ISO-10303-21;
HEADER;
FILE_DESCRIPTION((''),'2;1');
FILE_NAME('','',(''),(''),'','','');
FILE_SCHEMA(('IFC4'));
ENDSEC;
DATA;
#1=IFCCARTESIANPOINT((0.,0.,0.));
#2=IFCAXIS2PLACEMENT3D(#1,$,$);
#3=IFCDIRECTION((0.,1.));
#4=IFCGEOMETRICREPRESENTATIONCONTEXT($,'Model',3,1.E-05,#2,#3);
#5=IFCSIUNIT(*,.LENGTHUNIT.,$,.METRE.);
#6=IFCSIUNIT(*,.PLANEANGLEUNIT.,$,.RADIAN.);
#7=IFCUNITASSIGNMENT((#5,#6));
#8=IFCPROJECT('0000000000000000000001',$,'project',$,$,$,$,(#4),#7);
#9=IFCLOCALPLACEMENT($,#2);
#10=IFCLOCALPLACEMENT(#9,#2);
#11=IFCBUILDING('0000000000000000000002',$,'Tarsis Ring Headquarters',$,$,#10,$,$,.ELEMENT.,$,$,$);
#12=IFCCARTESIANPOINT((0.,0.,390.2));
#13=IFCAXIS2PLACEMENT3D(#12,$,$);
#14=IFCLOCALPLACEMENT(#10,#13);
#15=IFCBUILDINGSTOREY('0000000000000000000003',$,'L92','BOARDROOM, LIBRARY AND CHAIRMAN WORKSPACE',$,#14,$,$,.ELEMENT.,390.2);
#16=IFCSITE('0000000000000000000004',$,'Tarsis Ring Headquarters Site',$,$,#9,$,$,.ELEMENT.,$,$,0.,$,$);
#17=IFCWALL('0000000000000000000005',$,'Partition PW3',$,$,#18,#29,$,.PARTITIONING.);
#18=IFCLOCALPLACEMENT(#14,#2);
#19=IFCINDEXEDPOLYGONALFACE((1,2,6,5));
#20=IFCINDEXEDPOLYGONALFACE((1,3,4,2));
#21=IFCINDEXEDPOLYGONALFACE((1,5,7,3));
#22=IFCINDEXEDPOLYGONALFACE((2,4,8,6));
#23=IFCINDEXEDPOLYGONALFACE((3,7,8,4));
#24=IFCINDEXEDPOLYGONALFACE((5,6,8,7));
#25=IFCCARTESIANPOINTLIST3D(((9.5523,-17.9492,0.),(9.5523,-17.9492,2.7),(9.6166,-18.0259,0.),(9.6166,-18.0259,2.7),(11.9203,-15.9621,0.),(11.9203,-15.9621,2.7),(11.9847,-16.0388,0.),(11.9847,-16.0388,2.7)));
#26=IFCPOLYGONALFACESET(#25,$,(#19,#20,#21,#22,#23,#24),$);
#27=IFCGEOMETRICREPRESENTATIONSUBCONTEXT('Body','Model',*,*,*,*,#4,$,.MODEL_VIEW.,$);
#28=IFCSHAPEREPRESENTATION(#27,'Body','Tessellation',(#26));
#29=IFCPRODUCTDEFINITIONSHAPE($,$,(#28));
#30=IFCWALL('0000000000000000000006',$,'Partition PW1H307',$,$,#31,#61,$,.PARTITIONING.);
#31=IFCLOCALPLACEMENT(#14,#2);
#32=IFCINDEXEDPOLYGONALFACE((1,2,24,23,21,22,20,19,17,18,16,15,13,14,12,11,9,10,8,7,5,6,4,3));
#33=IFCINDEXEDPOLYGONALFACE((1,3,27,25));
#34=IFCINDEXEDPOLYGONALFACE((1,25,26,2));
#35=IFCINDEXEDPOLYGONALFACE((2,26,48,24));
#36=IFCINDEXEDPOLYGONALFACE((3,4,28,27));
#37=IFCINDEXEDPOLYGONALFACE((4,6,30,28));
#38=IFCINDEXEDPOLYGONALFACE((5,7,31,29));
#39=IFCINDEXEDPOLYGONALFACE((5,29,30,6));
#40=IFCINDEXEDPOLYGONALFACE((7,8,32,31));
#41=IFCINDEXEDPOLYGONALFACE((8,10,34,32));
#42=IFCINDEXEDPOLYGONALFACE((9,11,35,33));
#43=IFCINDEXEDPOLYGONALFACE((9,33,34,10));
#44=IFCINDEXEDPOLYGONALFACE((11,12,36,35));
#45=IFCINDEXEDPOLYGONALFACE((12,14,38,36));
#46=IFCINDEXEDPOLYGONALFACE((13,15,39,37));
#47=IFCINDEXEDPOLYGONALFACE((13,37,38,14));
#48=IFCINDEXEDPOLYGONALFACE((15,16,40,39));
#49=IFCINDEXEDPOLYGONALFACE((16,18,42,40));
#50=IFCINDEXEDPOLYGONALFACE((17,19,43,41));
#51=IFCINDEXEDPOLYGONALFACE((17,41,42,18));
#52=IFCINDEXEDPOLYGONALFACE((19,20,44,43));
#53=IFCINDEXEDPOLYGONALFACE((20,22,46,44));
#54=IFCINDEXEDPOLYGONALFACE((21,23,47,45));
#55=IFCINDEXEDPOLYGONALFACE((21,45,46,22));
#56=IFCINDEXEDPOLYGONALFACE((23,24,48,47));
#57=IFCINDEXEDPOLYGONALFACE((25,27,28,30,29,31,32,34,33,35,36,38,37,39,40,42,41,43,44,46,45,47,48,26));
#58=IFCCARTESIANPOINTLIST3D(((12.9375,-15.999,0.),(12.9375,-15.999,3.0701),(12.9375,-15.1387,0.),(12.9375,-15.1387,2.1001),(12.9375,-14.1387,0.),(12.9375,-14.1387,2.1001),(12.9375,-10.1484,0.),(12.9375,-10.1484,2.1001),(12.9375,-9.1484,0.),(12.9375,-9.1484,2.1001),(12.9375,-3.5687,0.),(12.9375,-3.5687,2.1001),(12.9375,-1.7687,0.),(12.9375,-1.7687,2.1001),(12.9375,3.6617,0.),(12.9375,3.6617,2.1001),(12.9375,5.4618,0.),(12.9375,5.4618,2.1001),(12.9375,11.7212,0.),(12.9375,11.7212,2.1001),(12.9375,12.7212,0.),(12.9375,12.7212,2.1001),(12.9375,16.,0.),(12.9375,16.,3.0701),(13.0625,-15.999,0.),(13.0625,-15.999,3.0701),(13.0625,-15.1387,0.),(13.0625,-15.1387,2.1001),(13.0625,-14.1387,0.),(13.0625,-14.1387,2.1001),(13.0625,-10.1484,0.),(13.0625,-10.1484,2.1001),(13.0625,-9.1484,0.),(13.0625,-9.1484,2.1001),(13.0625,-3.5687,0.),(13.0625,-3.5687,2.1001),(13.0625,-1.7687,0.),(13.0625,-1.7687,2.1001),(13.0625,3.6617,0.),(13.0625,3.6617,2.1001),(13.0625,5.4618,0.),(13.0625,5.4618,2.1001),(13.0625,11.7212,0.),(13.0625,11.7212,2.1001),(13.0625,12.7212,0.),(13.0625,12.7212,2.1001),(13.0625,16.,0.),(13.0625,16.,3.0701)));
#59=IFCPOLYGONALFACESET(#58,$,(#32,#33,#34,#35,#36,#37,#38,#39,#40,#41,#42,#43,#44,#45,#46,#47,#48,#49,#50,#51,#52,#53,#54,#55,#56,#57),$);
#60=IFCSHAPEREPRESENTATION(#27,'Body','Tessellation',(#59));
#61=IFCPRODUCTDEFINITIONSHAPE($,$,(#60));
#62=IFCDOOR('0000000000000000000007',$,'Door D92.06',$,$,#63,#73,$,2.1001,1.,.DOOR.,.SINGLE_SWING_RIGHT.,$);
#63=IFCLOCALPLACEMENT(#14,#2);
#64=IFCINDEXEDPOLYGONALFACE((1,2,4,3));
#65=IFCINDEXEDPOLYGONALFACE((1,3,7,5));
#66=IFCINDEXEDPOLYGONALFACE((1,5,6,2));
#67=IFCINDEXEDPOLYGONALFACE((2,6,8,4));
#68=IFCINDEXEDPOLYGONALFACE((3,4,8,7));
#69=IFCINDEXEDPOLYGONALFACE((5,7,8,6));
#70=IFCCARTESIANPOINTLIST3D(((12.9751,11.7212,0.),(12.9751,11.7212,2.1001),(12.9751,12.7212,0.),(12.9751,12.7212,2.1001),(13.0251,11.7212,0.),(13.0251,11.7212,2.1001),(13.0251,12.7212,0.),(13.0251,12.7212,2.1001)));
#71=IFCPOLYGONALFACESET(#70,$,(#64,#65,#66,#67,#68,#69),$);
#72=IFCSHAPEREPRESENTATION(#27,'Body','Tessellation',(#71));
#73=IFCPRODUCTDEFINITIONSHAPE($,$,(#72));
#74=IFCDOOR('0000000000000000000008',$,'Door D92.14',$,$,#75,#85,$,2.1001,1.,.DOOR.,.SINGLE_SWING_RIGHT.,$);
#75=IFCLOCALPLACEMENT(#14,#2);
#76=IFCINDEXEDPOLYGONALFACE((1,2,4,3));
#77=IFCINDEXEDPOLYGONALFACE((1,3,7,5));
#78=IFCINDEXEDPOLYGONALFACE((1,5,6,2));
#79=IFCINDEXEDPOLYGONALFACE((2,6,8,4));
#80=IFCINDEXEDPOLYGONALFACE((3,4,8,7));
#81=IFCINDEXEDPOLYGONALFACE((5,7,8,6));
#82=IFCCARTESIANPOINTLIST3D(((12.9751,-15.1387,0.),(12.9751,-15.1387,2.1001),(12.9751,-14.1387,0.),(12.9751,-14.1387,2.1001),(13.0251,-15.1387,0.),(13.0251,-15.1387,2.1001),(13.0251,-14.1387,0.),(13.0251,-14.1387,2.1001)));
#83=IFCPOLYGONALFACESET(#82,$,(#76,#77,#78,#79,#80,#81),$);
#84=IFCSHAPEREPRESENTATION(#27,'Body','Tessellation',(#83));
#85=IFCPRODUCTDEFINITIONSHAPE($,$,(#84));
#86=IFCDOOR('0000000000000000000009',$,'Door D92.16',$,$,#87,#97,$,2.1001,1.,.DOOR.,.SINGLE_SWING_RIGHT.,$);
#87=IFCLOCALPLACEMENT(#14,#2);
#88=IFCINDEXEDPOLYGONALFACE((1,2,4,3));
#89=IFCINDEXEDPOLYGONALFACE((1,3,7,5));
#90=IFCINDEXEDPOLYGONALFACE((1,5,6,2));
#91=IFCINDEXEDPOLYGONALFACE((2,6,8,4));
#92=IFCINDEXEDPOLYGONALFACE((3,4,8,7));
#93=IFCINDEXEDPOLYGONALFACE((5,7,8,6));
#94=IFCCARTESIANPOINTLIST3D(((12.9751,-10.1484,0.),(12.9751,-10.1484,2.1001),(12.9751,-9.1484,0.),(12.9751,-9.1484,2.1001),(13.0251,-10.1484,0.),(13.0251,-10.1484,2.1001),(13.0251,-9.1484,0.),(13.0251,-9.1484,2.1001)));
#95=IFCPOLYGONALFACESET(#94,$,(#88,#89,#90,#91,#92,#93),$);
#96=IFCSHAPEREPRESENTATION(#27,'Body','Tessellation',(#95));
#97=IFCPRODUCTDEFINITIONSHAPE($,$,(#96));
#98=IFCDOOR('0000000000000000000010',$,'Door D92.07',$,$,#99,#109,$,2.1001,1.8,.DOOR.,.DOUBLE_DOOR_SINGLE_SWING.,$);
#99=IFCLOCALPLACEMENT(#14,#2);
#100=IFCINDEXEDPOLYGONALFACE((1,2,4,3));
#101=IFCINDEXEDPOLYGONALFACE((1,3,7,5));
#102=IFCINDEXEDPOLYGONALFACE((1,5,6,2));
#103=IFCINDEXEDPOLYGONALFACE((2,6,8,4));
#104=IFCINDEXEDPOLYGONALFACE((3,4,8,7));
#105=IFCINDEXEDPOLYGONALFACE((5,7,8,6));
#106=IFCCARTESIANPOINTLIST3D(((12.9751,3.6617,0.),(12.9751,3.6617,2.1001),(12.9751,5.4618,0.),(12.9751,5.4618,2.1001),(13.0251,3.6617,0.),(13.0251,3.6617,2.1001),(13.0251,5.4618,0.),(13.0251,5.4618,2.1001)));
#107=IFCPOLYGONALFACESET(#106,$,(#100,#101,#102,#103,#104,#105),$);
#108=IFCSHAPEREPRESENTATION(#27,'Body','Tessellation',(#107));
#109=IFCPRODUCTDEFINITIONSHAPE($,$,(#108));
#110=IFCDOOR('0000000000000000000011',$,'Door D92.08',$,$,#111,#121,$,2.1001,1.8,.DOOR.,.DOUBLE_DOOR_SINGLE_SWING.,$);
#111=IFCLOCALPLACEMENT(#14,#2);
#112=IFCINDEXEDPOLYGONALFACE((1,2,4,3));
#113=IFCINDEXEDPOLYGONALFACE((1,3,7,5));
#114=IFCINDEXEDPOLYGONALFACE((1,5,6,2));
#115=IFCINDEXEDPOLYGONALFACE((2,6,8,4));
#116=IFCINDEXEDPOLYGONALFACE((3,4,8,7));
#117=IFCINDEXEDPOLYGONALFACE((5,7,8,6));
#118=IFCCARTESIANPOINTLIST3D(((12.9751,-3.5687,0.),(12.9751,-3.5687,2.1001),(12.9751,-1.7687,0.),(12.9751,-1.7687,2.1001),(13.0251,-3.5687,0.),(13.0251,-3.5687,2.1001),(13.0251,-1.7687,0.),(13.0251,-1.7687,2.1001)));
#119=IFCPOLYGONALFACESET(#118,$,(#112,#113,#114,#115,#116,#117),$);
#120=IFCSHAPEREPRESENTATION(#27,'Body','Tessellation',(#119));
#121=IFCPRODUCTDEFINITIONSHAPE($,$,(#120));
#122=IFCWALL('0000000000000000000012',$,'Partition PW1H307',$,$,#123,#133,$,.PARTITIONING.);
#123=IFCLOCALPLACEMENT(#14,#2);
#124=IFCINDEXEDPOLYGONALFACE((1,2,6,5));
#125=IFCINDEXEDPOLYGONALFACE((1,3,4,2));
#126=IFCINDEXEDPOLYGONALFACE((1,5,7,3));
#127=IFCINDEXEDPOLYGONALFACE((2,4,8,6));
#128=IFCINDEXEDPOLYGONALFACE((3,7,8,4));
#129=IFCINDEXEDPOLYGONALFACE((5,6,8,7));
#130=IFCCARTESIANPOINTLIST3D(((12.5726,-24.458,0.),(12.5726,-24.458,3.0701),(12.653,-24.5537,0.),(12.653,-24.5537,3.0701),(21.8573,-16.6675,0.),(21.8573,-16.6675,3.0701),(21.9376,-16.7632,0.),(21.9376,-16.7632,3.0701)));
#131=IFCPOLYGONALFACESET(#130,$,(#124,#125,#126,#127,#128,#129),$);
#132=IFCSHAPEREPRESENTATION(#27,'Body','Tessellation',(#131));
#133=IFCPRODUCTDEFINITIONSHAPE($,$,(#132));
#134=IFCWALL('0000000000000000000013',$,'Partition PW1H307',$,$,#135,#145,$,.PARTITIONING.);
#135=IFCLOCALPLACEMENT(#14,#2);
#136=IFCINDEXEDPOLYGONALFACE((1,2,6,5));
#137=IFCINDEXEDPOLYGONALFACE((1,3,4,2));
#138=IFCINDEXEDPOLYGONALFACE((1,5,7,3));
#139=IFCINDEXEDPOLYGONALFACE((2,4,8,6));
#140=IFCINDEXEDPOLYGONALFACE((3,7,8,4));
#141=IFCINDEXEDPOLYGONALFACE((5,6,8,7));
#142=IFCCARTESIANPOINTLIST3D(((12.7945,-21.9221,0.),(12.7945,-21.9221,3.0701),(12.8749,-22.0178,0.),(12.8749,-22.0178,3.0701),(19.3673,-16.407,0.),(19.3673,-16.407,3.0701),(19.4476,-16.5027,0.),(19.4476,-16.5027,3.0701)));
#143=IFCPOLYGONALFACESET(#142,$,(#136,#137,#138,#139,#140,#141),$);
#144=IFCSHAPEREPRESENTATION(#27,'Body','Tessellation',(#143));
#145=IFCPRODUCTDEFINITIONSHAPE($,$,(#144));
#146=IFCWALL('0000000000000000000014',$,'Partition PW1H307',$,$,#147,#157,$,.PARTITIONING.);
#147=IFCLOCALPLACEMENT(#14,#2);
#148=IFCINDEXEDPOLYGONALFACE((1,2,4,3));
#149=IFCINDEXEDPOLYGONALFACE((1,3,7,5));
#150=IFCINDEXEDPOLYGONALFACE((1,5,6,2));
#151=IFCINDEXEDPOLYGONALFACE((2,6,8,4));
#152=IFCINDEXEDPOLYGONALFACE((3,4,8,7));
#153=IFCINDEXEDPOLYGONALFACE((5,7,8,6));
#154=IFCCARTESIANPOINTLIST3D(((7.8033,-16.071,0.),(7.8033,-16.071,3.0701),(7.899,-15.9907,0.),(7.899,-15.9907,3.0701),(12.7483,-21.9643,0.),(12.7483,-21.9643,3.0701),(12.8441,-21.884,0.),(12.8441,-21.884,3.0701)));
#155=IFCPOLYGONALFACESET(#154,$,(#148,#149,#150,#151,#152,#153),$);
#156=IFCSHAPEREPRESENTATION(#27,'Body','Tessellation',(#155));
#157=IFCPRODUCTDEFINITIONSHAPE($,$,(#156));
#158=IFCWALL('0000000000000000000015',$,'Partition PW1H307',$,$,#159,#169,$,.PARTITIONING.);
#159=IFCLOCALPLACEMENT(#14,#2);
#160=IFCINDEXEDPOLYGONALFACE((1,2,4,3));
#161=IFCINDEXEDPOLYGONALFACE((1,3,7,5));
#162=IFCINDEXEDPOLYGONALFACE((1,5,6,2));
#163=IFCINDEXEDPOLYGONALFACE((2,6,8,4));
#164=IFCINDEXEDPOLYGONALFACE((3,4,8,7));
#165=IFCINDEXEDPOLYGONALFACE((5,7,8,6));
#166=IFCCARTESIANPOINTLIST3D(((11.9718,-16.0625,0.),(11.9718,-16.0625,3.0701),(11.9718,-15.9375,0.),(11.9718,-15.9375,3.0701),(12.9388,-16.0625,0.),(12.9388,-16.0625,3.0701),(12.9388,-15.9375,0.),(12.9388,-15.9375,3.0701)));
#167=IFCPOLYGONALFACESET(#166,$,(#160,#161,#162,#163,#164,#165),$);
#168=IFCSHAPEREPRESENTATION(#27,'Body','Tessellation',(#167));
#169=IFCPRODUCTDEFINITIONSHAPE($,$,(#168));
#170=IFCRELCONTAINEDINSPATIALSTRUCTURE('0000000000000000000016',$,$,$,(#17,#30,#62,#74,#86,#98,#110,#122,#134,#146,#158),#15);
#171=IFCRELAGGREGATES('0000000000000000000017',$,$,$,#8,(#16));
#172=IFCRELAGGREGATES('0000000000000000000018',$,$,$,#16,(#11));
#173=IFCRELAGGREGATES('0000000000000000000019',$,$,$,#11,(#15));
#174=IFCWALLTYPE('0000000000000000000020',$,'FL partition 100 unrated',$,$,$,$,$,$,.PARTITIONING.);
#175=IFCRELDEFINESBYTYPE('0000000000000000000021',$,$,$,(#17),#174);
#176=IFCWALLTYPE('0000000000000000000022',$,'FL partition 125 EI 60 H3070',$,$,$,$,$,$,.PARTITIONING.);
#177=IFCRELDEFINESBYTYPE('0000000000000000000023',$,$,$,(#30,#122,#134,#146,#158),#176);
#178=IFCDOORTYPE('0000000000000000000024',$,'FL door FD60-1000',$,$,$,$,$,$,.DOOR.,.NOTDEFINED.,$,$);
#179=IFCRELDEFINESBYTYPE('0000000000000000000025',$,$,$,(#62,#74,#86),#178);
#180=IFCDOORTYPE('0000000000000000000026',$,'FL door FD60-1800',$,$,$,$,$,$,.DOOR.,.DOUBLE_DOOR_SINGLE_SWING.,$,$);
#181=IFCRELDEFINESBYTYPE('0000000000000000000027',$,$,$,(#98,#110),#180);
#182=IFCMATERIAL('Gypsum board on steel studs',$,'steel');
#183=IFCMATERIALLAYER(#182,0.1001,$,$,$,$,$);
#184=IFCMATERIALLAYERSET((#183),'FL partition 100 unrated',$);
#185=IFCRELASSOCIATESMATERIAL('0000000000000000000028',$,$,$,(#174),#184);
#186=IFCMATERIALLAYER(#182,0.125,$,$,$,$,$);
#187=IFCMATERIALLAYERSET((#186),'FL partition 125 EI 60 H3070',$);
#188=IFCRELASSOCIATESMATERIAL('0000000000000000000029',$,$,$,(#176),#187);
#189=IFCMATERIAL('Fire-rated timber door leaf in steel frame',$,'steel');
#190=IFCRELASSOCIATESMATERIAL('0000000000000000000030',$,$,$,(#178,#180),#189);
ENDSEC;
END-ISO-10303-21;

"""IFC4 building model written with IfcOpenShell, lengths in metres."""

from ifc_helpers import new_model, si_unit, direction, frame, frame_2d, origin, place, context, subcontext, project, spatial, rectangle, extrude, material, layer, layer_set, type_object, element, fill, save


model = new_model("IFC4")

# Units and contexts
model_context = context("Model", 3, precision=1e-05, world=origin(), true_north=direction((0.0, 1.0)))
body_context = subcontext(model_context, "Body", "Model", "MODEL_VIEW")
ifc_project = project(units=[si_unit("LENGTHUNIT", "METRE"), si_unit("PLANEANGLEUNIT", "RADIAN")], contexts=[model_context])

# Site, building, storey
site_placement = place(None, origin())
site = spatial("IfcSite", under=ifc_project, at=site_placement, Name="Tarsis Ring Headquarters Site", CompositionType="ELEMENT", RefElevation=0.0)
building_placement = place(site_placement, origin())
building = spatial("IfcBuilding", under=site, at=building_placement, Name="Tarsis Ring Headquarters", CompositionType="ELEMENT")
storey_placement = place(building_placement, frame((0.0, 0.0, 390.2)))
storey = spatial("IfcBuildingStorey", under=building, at=storey_placement, Name="L92", Description="BOARDROOM, LIBRARY AND CHAIRMAN WORKSPACE", CompositionType="ELEMENT", Elevation=390.2)

# Wall
ifc_material_1 = material(Name="Gypsum board on steel studs", Category="steel")
ifc_layer_1 = layer(ifc_material_1, 0.1001)
ifc_layer_set_1 = layer_set([ifc_layer_1], Name="FL partition 100 unrated")
wall_type_1 = type_object("IfcWallType", Name="FL partition 100 unrated", PredefinedType="PARTITIONING", material=ifc_layer_set_1)
wall_1_placement = place(storey_placement, frame((9.5845, -17.9875, 0.0), z_axis=(0.0, 0.0, 1.0), x_axis=(0.766022, 0.642814, 0.0)))
element("IfcWall", 1, at=wall_1_placement, inside=storey, type_object=wall_type_1, Name="Partition PW3", PredefinedType="PARTITIONING", context=body_context, shape_type="SweptSolid", body=[
    extrude(rectangle(XDim=3.0913, YDim=0.1001, at=frame_2d((1.5457, 0.0))), origin(), (0.0, 0.0, 1.0), 2.7),
])

# Wall, openings, doors
ifc_layer_2 = layer(ifc_material_1, 0.125)
ifc_layer_set_2 = layer_set([ifc_layer_2], Name="FL partition 125 EI 60 H3070")
wall_type_2 = type_object("IfcWallType", Name="FL partition 125 EI 60 H3070", PredefinedType="PARTITIONING", material=ifc_layer_set_2)
wall_2_placement = place(storey_placement, frame((13.0, -15.999, 0.0), z_axis=(0.0, 0.0, 1.0), x_axis=(0.0, 1.0, 0.0)))
wall_2 = element("IfcWall", 2, at=wall_2_placement, inside=storey, type_object=wall_type_2, Name="Partition PW1H307", PredefinedType="PARTITIONING", context=body_context, shape_type="SweptSolid", body=[
    extrude(rectangle(XDim=31.999, YDim=0.125, at=frame_2d((15.9995, 0.0))), origin(), (0.0, 0.0, 1.0), 3.0701),
])
opening_1_placement = place(wall_2_placement, frame((27.7202, 0.0, 0.0)))
opening_1 = element("IfcOpeningElement", 3, at=opening_1_placement, cuts=wall_2, PredefinedType="OPENING", context=body_context, shape_type="SweptSolid", body=[
    extrude(rectangle(XDim=1.0, YDim=2.1001, at=frame_2d((0.5, 1.05))), frame((0.0, 0.0725, 0.0), z_axis=(0.0, -1.0, 0.0), x_axis=(1.0, 0.0, 0.0)), (0.0, 0.0, 1.0), 0.145),
])
opening_2_placement = place(wall_2_placement, frame((19.6609, 0.0, 0.0)))
opening_2 = element("IfcOpeningElement", 4, at=opening_2_placement, cuts=wall_2, PredefinedType="OPENING", context=body_context, shape_type="SweptSolid", body=[
    extrude(rectangle(XDim=1.8, YDim=2.1001, at=frame_2d((0.8999, 1.05))), frame((0.0, 0.0725, 0.0), z_axis=(0.0, -1.0, 0.0), x_axis=(1.0, 0.0, 0.0)), (0.0, 0.0, 1.0), 0.145),
])
opening_3_placement = place(wall_2_placement, frame((12.4304, 0.0, 0.0)))
opening_3 = element("IfcOpeningElement", 5, at=opening_3_placement, cuts=wall_2, PredefinedType="OPENING", context=body_context, shape_type="SweptSolid", body=[
    extrude(rectangle(XDim=1.8, YDim=2.1001, at=frame_2d((0.8999, 1.05))), frame((0.0, 0.0725, 0.0), z_axis=(0.0, -1.0, 0.0), x_axis=(1.0, 0.0, 0.0)), (0.0, 0.0, 1.0), 0.145),
])
opening_4_placement = place(wall_2_placement, frame((0.8604, 0.0, 0.0)))
opening_4 = element("IfcOpeningElement", 6, at=opening_4_placement, cuts=wall_2, PredefinedType="OPENING", context=body_context, shape_type="SweptSolid", body=[
    extrude(rectangle(XDim=1.0, YDim=2.1001, at=frame_2d((0.5, 1.05))), frame((0.0, 0.0725, 0.0), z_axis=(0.0, -1.0, 0.0), x_axis=(1.0, 0.0, 0.0)), (0.0, 0.0, 1.0), 0.145),
])
opening_5_placement = place(wall_2_placement, frame((5.8506, 0.0, 0.0)))
opening_5 = element("IfcOpeningElement", 7, at=opening_5_placement, cuts=wall_2, PredefinedType="OPENING", context=body_context, shape_type="SweptSolid", body=[
    extrude(rectangle(XDim=1.0, YDim=2.1001, at=frame_2d((0.5, 1.05))), frame((0.0, 0.0725, 0.0), z_axis=(0.0, -1.0, 0.0), x_axis=(1.0, 0.0, 0.0)), (0.0, 0.0, 1.0), 0.145),
])
ifc_material_2 = material(Name="Fire-rated timber door leaf in steel frame", Category="steel")
door_type_1 = type_object("IfcDoorType", Name="FL door FD60-1000", OperationType="NOTDEFINED", PredefinedType="DOOR", material=ifc_material_2)
door_1_placement = place(opening_1_placement, origin())
door_1 = element("IfcDoor", 8, at=door_1_placement, inside=storey, type_object=door_type_1, Name="Door D92.06", OperationType="SINGLE_SWING_RIGHT", OverallHeight=2.1001, OverallWidth=1.0, PredefinedType="DOOR", context=body_context, shape_type="SweptSolid", body=[
    extrude(rectangle(XDim=1.0, YDim=2.1001, at=frame_2d((0.5, 1.05))), frame((0.0, 0.0249, 0.0), z_axis=(0.0, -1.0, 0.0), x_axis=(1.0, 0.0, 0.0)), (0.0, 0.0, 1.0), 0.05),
])
fill(opening_1, door_1)
door_2_placement = place(opening_4_placement, origin())
door_2 = element("IfcDoor", 9, at=door_2_placement, inside=storey, type_object=door_type_1, Name="Door D92.14", OperationType="SINGLE_SWING_RIGHT", OverallHeight=2.1001, OverallWidth=1.0, PredefinedType="DOOR", context=body_context, shape_type="SweptSolid", body=[
    extrude(rectangle(XDim=1.0, YDim=2.1001, at=frame_2d((0.5, 1.05))), frame((0.0, 0.0249, 0.0), z_axis=(0.0, -1.0, 0.0), x_axis=(1.0, 0.0, 0.0)), (0.0, 0.0, 1.0), 0.05),
])
fill(opening_4, door_2)
door_3_placement = place(opening_5_placement, origin())
door_3 = element("IfcDoor", 10, at=door_3_placement, inside=storey, type_object=door_type_1, Name="Door D92.16", OperationType="SINGLE_SWING_RIGHT", OverallHeight=2.1001, OverallWidth=1.0, PredefinedType="DOOR", context=body_context, shape_type="SweptSolid", body=[
    extrude(rectangle(XDim=1.0, YDim=2.1001, at=frame_2d((0.5, 1.05))), frame((0.0, 0.0249, 0.0), z_axis=(0.0, -1.0, 0.0), x_axis=(1.0, 0.0, 0.0)), (0.0, 0.0, 1.0), 0.05),
])
fill(opening_5, door_3)
door_type_2 = type_object("IfcDoorType", Name="FL door FD60-1800", OperationType="DOUBLE_DOOR_SINGLE_SWING", PredefinedType="DOOR", material=ifc_material_2)
door_4_placement = place(opening_2_placement, origin())
door_4 = element("IfcDoor", 11, at=door_4_placement, inside=storey, type_object=door_type_2, Name="Door D92.07", OperationType="DOUBLE_DOOR_SINGLE_SWING", OverallHeight=2.1001, OverallWidth=1.8, PredefinedType="DOOR", context=body_context, shape_type="SweptSolid", body=[
    extrude(rectangle(XDim=1.8, YDim=2.1001, at=frame_2d((0.8999, 1.05))), frame((0.0, 0.0249, 0.0), z_axis=(0.0, -1.0, 0.0), x_axis=(1.0, 0.0, 0.0)), (0.0, 0.0, 1.0), 0.05),
])
fill(opening_2, door_4)
door_5_placement = place(opening_3_placement, origin())
door_5 = element("IfcDoor", 12, at=door_5_placement, inside=storey, type_object=door_type_2, Name="Door D92.08", OperationType="DOUBLE_DOOR_SINGLE_SWING", OverallHeight=2.1001, OverallWidth=1.8, PredefinedType="DOOR", context=body_context, shape_type="SweptSolid", body=[
    extrude(rectangle(XDim=1.8, YDim=2.1001, at=frame_2d((0.8999, 1.05))), frame((0.0, 0.0249, 0.0), z_axis=(0.0, -1.0, 0.0), x_axis=(1.0, 0.0, 0.0)), (0.0, 0.0, 1.0), 0.05),
])
fill(opening_3, door_5)

# Walls
wall_3_placement = place(storey_placement, frame((12.6128, -24.5059, 0.0), z_axis=(0.0, 0.0, 1.0), x_axis=(0.766054, 0.642776, 0.0)))
element("IfcWall", 13, at=wall_3_placement, inside=storey, type_object=wall_type_2, Name="Partition PW1H307", PredefinedType="PARTITIONING", context=body_context, shape_type="SweptSolid", body=[
    extrude(rectangle(XDim=12.1201, YDim=0.125, at=frame_2d((6.0601, 0.0))), origin(), (0.0, 0.0, 1.0), 3.0701),
])
wall_4_placement = place(storey_placement, frame((12.8347, -21.97, 0.0), z_axis=(0.0, 0.0, 1.0), x_axis=(0.766048, 0.642784, 0.0)))
element("IfcWall", 14, at=wall_4_placement, inside=storey, type_object=wall_type_2, Name="Partition PW1H307", PredefinedType="PARTITIONING", context=body_context, shape_type="SweptSolid", body=[
    extrude(rectangle(XDim=8.5801, YDim=0.125, at=frame_2d((4.29, 0.0))), origin(), (0.0, 0.0, 1.0), 3.0701),
])
wall_5_placement = place(storey_placement, frame((7.8511, -16.0308, 0.0), z_axis=(0.0, 0.0, 1.0), x_axis=(0.642787, -0.766045, 0.0)))
element("IfcWall", 15, at=wall_5_placement, inside=storey, type_object=wall_type_2, Name="Partition PW1H307", PredefinedType="PARTITIONING", context=body_context, shape_type="SweptSolid", body=[
    extrude(rectangle(XDim=7.6931, YDim=0.125, at=frame_2d((3.8467, 0.0))), origin(), (0.0, 0.0, 1.0), 3.0701),
])
wall_6_placement = place(storey_placement, frame((11.9719, -16.0, 0.0), z_axis=(0.0, 0.0, 1.0), x_axis=(1.0, 0.0, 0.0)))
element("IfcWall", 16, at=wall_6_placement, inside=storey, type_object=wall_type_2, Name="Partition PW1H307", PredefinedType="PARTITIONING", context=body_context, shape_type="SweptSolid", body=[
    extrude(rectangle(XDim=0.967, YDim=0.125, at=frame_2d((0.4834, 0.0))), origin(), (0.0, 0.0, 1.0), 3.0701),
])

save(model, "model.ifc")
